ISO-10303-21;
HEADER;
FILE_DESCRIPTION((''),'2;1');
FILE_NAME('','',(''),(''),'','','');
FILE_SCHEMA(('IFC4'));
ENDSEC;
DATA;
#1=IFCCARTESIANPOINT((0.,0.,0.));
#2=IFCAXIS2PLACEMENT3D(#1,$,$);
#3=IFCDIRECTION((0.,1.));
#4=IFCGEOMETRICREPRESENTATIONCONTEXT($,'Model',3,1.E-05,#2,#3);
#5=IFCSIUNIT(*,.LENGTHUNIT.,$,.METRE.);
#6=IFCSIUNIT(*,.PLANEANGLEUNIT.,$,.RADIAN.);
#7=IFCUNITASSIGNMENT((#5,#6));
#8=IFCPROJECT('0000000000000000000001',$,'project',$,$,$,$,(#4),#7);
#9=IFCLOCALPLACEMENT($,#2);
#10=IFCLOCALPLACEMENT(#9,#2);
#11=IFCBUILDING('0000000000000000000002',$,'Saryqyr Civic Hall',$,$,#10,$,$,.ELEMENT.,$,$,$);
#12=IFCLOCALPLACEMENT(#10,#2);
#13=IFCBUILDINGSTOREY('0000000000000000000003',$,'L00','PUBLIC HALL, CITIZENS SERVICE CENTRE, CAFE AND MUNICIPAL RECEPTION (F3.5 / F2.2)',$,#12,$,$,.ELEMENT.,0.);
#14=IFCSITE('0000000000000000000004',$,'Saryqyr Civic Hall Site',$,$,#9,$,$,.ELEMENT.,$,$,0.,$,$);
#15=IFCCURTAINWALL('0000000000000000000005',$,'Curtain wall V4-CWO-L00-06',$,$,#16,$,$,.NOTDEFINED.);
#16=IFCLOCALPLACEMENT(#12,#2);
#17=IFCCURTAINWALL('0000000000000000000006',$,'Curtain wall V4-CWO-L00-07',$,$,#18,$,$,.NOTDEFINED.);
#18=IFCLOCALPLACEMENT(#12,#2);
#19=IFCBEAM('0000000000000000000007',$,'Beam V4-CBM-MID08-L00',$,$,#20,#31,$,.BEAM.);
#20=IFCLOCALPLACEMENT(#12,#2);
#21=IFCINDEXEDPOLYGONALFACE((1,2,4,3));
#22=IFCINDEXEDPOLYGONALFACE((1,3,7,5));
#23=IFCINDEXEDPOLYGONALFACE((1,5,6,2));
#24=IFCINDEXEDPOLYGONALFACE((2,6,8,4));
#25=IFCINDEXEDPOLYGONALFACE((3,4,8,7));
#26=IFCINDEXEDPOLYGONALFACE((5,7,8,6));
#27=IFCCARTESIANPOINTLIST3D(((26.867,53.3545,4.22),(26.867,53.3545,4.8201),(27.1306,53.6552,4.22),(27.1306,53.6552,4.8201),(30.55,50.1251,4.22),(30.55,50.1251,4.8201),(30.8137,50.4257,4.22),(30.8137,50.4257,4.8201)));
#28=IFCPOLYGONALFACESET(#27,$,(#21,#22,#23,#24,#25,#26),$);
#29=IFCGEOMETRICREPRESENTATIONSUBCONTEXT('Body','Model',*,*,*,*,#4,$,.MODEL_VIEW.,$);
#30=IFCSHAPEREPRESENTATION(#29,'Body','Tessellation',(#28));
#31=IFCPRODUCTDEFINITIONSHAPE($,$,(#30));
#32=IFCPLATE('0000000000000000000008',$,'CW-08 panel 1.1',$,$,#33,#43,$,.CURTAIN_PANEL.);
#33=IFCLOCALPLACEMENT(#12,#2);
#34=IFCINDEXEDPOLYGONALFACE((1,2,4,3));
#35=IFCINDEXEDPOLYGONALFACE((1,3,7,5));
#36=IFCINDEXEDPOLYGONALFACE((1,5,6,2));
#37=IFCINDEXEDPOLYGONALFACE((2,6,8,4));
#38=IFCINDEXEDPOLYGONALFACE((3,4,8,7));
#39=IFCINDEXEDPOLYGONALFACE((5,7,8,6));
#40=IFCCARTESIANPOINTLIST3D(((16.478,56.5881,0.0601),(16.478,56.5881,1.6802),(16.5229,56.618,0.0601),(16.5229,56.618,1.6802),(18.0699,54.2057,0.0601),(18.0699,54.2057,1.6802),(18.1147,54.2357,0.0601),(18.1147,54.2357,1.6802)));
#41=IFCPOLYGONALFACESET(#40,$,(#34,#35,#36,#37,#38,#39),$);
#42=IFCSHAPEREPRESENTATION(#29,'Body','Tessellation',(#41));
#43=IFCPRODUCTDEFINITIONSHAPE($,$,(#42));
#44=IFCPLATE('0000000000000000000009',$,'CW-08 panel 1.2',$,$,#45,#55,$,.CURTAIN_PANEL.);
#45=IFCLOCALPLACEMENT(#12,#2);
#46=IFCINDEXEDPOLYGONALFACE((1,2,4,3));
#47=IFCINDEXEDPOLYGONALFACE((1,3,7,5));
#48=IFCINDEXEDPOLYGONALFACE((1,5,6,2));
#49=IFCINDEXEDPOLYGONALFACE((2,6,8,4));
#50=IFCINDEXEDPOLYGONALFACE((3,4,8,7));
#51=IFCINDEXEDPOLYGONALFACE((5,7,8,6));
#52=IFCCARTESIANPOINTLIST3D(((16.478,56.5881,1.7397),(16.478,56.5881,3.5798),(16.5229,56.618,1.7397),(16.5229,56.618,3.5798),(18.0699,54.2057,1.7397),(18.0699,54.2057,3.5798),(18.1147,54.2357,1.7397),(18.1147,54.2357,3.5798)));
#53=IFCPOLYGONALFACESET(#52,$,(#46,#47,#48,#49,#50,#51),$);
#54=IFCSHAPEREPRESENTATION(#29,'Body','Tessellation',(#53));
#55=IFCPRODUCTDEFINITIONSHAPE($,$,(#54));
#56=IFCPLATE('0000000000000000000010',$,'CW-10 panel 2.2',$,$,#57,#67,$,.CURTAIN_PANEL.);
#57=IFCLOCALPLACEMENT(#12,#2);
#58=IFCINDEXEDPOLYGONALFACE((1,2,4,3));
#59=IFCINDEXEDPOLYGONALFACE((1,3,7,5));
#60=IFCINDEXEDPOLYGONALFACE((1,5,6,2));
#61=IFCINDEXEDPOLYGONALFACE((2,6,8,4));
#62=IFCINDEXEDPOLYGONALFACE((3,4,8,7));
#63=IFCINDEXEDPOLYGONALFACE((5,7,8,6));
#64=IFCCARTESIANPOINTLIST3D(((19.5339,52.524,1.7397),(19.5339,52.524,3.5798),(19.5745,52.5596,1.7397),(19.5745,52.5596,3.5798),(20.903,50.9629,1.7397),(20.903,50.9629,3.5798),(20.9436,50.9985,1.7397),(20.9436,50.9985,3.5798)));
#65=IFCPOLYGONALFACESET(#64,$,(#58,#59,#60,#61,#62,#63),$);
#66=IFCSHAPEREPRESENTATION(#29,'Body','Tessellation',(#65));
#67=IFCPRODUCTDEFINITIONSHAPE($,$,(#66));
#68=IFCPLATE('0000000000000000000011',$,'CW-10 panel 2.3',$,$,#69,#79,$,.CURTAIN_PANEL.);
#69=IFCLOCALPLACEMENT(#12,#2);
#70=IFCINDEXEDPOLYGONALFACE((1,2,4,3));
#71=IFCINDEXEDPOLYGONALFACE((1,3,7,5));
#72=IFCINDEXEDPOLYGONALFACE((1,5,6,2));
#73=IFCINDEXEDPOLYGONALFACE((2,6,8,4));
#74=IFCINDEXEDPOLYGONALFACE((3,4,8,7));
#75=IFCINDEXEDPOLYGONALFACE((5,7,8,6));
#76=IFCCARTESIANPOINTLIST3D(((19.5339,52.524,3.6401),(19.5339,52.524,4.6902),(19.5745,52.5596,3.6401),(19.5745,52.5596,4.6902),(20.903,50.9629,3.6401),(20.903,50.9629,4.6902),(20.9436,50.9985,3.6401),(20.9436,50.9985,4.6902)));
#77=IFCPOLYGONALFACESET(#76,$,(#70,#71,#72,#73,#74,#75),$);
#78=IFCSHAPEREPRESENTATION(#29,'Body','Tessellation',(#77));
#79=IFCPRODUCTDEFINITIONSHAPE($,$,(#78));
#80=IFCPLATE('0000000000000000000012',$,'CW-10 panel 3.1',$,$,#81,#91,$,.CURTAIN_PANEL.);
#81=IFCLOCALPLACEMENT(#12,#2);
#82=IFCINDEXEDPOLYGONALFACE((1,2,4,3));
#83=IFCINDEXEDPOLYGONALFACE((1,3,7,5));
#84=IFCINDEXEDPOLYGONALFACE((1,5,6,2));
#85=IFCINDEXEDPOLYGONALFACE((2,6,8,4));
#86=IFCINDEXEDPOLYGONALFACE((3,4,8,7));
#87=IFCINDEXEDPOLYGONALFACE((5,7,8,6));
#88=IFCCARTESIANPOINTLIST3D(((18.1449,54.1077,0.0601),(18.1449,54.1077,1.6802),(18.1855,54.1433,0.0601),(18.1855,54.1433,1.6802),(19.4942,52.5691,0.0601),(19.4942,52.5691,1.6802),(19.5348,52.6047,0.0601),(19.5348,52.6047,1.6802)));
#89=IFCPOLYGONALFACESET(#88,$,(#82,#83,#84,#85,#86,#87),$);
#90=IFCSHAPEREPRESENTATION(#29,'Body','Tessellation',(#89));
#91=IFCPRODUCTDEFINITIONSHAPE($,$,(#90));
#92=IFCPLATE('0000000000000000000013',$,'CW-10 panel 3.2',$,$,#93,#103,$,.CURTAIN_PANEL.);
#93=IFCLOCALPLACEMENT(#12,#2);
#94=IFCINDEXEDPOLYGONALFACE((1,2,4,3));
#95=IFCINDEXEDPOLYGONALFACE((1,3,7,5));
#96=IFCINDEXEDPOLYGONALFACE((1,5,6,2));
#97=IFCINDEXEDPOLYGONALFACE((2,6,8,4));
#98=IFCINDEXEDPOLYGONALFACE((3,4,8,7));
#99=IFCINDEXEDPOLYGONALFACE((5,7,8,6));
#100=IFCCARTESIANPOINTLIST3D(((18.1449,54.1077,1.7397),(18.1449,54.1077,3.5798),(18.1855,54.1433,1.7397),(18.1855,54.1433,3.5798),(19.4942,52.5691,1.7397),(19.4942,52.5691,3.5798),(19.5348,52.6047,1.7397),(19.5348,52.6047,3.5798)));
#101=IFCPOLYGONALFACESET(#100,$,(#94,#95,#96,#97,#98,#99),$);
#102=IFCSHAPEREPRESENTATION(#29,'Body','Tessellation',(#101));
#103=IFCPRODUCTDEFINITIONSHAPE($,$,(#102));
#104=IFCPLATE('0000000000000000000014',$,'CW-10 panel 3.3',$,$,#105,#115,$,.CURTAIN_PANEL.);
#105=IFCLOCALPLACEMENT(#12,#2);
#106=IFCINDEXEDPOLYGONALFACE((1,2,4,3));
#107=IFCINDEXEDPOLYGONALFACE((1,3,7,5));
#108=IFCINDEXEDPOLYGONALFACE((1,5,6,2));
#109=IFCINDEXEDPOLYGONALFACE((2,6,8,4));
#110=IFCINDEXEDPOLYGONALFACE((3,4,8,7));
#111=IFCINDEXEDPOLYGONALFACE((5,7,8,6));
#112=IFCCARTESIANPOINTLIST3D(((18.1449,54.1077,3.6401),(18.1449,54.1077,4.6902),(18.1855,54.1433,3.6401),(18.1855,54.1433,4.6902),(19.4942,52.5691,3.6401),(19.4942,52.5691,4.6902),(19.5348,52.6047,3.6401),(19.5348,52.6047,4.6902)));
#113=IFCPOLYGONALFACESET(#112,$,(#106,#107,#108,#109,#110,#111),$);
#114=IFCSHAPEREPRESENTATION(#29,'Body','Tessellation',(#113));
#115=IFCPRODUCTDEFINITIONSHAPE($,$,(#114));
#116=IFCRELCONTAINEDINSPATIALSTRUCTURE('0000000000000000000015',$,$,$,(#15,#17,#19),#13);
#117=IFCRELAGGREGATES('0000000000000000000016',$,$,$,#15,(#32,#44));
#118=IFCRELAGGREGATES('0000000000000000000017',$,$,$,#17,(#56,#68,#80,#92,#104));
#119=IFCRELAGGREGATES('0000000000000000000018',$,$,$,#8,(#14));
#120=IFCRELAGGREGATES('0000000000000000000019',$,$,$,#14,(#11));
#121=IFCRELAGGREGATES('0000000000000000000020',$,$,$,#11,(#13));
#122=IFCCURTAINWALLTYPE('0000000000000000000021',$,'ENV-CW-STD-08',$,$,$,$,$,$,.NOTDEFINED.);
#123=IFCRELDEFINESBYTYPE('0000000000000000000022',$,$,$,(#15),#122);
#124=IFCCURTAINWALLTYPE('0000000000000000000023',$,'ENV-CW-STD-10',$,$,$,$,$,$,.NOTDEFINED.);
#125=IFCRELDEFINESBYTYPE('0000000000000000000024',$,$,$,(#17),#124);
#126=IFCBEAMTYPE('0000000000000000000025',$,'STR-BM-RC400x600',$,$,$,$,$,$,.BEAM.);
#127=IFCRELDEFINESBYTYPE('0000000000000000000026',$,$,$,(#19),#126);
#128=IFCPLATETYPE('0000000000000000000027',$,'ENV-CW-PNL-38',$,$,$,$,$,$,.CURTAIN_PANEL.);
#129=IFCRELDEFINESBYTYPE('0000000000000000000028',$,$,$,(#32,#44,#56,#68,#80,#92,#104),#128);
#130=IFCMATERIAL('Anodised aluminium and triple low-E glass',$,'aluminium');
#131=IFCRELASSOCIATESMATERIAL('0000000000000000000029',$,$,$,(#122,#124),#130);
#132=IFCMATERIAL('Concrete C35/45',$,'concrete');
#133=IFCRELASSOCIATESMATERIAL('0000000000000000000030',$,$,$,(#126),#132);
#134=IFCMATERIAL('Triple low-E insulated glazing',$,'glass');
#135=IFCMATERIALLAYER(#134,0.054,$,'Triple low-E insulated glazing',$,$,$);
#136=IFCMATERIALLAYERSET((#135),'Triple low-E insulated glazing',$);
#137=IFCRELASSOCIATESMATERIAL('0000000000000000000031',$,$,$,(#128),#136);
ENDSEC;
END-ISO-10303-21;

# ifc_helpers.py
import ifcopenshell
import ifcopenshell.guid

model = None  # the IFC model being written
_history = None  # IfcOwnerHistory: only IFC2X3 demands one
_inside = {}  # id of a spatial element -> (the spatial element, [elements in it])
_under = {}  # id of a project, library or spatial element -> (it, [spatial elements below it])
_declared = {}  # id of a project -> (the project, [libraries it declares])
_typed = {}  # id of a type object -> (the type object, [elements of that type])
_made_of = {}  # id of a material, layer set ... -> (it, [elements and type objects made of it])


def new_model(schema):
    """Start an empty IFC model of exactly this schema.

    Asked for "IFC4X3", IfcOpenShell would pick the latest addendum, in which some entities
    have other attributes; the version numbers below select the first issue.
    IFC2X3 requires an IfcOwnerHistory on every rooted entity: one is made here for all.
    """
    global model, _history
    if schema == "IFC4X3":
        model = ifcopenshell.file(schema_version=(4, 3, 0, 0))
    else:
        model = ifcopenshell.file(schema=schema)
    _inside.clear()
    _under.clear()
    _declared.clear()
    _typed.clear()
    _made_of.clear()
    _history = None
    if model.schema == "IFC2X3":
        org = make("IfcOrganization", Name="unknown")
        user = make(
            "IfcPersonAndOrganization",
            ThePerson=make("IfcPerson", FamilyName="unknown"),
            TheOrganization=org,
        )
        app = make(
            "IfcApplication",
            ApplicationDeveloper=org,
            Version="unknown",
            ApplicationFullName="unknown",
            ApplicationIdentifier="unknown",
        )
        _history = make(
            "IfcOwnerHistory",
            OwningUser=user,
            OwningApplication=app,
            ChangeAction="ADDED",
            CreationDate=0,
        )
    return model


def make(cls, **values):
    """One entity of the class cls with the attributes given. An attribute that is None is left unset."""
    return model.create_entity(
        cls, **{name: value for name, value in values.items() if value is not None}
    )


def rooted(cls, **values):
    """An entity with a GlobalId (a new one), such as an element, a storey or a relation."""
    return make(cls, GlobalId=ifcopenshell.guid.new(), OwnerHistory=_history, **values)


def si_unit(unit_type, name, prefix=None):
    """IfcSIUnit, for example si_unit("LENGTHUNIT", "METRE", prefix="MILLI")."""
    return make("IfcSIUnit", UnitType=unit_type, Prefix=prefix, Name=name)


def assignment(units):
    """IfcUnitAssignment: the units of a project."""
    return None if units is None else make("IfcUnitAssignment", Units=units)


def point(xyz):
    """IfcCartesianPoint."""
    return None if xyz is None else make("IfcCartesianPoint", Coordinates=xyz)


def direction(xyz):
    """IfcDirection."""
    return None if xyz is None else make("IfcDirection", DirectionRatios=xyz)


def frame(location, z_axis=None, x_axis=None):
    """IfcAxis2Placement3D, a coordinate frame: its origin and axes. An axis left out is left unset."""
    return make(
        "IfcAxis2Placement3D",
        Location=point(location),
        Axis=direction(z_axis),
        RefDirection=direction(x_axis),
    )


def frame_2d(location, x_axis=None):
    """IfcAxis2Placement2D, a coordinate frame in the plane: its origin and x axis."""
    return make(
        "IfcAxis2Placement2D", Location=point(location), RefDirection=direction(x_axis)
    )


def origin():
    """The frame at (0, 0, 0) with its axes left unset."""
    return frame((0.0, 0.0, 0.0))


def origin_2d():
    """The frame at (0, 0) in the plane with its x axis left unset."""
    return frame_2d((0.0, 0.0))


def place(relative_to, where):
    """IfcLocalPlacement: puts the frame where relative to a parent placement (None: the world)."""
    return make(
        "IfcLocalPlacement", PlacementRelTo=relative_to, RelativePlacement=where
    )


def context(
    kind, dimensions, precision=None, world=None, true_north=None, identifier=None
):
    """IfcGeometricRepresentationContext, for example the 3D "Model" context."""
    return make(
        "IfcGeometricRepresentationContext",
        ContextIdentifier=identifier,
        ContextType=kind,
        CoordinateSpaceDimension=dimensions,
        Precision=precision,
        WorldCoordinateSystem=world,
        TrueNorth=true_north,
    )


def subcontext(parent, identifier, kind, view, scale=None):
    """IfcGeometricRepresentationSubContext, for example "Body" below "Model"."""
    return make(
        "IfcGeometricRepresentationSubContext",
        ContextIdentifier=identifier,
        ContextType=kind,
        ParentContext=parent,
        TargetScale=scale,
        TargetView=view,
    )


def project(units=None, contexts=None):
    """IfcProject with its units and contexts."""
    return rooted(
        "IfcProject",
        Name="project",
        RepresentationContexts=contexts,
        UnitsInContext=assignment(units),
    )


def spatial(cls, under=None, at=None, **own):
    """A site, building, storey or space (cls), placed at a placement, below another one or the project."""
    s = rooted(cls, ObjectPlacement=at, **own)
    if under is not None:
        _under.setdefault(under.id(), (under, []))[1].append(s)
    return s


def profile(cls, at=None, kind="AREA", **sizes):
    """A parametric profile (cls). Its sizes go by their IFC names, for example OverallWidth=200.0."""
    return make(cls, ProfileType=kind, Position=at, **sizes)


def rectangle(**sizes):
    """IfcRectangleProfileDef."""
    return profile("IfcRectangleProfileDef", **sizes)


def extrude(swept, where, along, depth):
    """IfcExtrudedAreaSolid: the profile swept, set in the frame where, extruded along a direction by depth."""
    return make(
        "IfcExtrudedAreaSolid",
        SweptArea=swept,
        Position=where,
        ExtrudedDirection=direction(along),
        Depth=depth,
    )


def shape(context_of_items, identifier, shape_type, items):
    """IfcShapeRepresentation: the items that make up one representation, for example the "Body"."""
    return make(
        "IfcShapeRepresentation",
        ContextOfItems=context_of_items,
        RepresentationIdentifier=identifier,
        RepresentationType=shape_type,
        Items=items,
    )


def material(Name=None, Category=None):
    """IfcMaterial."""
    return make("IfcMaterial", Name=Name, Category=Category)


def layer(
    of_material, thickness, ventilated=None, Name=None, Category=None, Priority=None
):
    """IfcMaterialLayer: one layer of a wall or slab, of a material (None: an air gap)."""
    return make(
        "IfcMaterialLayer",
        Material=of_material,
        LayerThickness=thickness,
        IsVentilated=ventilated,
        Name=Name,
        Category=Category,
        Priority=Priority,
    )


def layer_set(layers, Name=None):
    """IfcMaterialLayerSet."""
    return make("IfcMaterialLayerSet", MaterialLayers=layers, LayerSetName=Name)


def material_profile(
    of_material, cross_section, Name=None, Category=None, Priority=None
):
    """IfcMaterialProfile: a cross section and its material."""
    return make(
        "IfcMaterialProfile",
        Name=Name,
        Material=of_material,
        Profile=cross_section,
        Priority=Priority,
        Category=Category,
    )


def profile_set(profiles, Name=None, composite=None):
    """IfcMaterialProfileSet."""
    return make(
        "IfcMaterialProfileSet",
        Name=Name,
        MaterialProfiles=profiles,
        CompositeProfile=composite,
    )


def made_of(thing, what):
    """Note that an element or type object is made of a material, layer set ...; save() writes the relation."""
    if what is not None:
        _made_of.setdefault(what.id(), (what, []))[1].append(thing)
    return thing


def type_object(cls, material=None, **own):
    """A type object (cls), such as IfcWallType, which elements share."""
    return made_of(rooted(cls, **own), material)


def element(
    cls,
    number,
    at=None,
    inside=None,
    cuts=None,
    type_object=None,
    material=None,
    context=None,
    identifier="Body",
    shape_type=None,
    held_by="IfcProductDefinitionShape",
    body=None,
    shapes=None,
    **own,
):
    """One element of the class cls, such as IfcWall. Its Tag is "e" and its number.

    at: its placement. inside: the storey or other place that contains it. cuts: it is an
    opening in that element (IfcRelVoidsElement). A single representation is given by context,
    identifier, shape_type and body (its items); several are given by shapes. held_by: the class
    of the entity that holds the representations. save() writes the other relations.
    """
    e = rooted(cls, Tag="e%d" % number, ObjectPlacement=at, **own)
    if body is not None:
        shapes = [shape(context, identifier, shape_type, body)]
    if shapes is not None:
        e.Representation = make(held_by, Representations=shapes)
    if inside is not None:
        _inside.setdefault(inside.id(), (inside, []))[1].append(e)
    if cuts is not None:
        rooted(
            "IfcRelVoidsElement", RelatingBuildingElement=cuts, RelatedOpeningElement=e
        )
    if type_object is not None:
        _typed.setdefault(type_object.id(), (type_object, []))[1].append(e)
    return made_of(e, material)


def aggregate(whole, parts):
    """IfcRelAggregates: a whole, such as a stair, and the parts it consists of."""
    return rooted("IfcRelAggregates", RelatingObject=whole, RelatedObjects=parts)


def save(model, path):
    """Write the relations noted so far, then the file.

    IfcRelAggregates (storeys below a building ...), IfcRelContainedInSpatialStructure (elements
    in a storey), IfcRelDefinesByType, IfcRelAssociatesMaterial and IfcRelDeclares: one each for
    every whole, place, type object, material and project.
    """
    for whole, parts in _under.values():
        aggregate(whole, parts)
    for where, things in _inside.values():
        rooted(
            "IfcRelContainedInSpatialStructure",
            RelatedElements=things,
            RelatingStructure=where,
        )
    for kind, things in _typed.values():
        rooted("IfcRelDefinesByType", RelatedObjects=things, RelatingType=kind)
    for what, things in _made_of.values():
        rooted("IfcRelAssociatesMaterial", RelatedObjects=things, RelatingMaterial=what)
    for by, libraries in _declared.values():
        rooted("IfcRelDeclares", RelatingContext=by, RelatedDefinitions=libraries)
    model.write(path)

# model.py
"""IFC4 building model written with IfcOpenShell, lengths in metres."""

from ifc_helpers import new_model, si_unit, direction, frame, origin, origin_2d, place, context, subcontext, project, spatial, rectangle, extrude, material, layer, layer_set, material_profile, profile_set, type_object, element, aggregate, save


model = new_model("IFC4")

# Units and contexts
model_context = context("Model", 3, precision=1e-05, world=origin(), true_north=direction((0.0, 1.0)))
body_context = subcontext(model_context, "Body", "Model", "MODEL_VIEW")
ifc_project = project(units=[si_unit("LENGTHUNIT", "METRE"), si_unit("PLANEANGLEUNIT", "RADIAN")], contexts=[model_context])

# Site, building, storey
site_placement = place(None, origin())
site = spatial("IfcSite", under=ifc_project, at=site_placement, Name="Saryqyr Civic Hall Site", CompositionType="ELEMENT", RefElevation=0.0)
building_placement = place(site_placement, origin())
building = spatial("IfcBuilding", under=site, at=building_placement, Name="Saryqyr Civic Hall", CompositionType="ELEMENT")
storey_placement = place(building_placement, origin())
storey = spatial("IfcBuildingStorey", under=building, at=storey_placement, Name="L00", Description="PUBLIC HALL, CITIZENS SERVICE CENTRE, CAFE AND MUNICIPAL RECEPTION (F3.5 / F2.2)", CompositionType="ELEMENT", Elevation=0.0)

# Curtain wall
ifc_material_1 = material(Name="Anodised aluminium and triple low-E glass", Category="aluminium")
curtain_wall_type_1 = type_object("IfcCurtainWallType", Name="ENV-CW-STD-08", PredefinedType="NOTDEFINED", material=ifc_material_1)
curtain_wall_1_placement = place(storey_placement, origin())
curtain_wall_1 = element("IfcCurtainWall", 1, at=curtain_wall_1_placement, inside=storey, type_object=curtain_wall_type_1, Name="Curtain wall V4-CWO-L00-06", PredefinedType="NOTDEFINED")

# Curtain wall
curtain_wall_type_2 = type_object("IfcCurtainWallType", Name="ENV-CW-STD-10", PredefinedType="NOTDEFINED", material=ifc_material_1)
curtain_wall_2_placement = place(storey_placement, origin())
curtain_wall_2 = element("IfcCurtainWall", 2, at=curtain_wall_2_placement, inside=storey, type_object=curtain_wall_type_2, Name="Curtain wall V4-CWO-L00-07", PredefinedType="NOTDEFINED")

# Beam
ifc_material_2 = material(Name="Concrete C35/45", Category="concrete")
ifc_material_profile_1 = material_profile(ifc_material_2, rectangle(XDim=0.3999, YDim=0.6001, at=origin_2d()), Name="RC 400x600")
ifc_profile_set_1 = profile_set([ifc_material_profile_1], Name="Concrete C35/45")
beam_type = type_object("IfcBeamType", Name="STR-BM-RC400x600", PredefinedType="BEAM", material=ifc_profile_set_1)
beam_placement = place(storey_placement, frame((26.9988, 53.5049, 4.52), z_axis=(0.751891, -0.659288, 0.0), x_axis=(0.659288, 0.751891, 0.0)))
element("IfcBeam", 3, at=beam_placement, inside=storey, type_object=beam_type, Name="Beam V4-CBM-MID08-L00", PredefinedType="BEAM", context=body_context, shape_type="SweptSolid", body=[
    extrude(rectangle(XDim=0.3999, YDim=0.6001, at=origin_2d()), origin(), (0.0, 0.0, 1.0), 4.8984),
])

# Plates
ifc_material_3 = material(Name="Triple low-E insulated glazing", Category="glass")
ifc_layer = layer(ifc_material_3, 0.054, Name="Triple low-E insulated glazing")
ifc_layer_set = layer_set([ifc_layer], Name="Triple low-E insulated glazing")
plate_type = type_object("IfcPlateType", Name="ENV-CW-PNL-38", PredefinedType="CURTAIN_PANEL", material=ifc_layer_set)
plate_1_placement = place(storey_placement, frame((17.2964, 55.4119, 0.0601), z_axis=(0.0, 0.0, 1.0), x_axis=(-0.555567, 0.831472, 0.0)))
plate_1 = element("IfcPlate", 4, at=plate_1_placement, type_object=plate_type, Name="CW-08 panel 1.1", PredefinedType="CURTAIN_PANEL", context=body_context, shape_type="SweptSolid", body=[
    extrude(rectangle(XDim=2.8652, YDim=0.054, at=origin_2d()), origin(), (0.0, 0.0, 1.0), 1.6201),
])
plate_2_placement = place(storey_placement, frame((17.2964, 55.4119, 1.7397), z_axis=(0.0, 0.0, 1.0), x_axis=(-0.555567, 0.831472, 0.0)))
plate_2 = element("IfcPlate", 5, at=plate_2_placement, type_object=plate_type, Name="CW-08 panel 1.2", PredefinedType="CURTAIN_PANEL", context=body_context, shape_type="SweptSolid", body=[
    extrude(rectangle(XDim=2.8652, YDim=0.054, at=origin_2d()), origin(), (0.0, 0.0, 1.0), 1.8401),
])
aggregate(curtain_wall_1, [plate_1, plate_2])
plate_3_placement = place(storey_placement, frame((20.2388, 51.7612, 1.7397), z_axis=(0.0, 0.0, 1.0), x_axis=(-0.659349, 0.751837, 0.0)))
plate_3 = element("IfcPlate", 6, at=plate_3_placement, type_object=plate_type, Name="CW-10 panel 2.2", PredefinedType="CURTAIN_PANEL", context=body_context, shape_type="SweptSolid", body=[
    extrude(rectangle(XDim=2.0764, YDim=0.054, at=origin_2d()), origin(), (0.0, 0.0, 1.0), 1.8401),
])
plate_4_placement = place(storey_placement, frame((20.2388, 51.7612, 3.6401), z_axis=(0.0, 0.0, 1.0), x_axis=(-0.659349, 0.751837, 0.0)))
plate_4 = element("IfcPlate", 7, at=plate_4_placement, type_object=plate_type, Name="CW-10 panel 2.3", PredefinedType="CURTAIN_PANEL", context=body_context, shape_type="SweptSolid", body=[
    extrude(rectangle(XDim=2.0764, YDim=0.054, at=origin_2d()), origin(), (0.0, 0.0, 1.0), 1.05),
])
plate_5_placement = place(storey_placement, frame((18.8398, 53.3562, 0.0601), z_axis=(0.0, 0.0, 1.0), x_axis=(-0.659349, 0.751837, 0.0)))
plate_5 = element("IfcPlate", 8, at=plate_5_placement, type_object=plate_type, Name="CW-10 panel 3.1", PredefinedType="CURTAIN_PANEL", context=body_context, shape_type="SweptSolid", body=[
    extrude(rectangle(XDim=2.0464, YDim=0.054, at=origin_2d()), origin(), (0.0, 0.0, 1.0), 1.6201),
])
plate_6_placement = place(storey_placement, frame((18.8398, 53.3562, 1.7397), z_axis=(0.0, 0.0, 1.0), x_axis=(-0.659349, 0.751837, 0.0)))
plate_6 = element("IfcPlate", 9, at=plate_6_placement, type_object=plate_type, Name="CW-10 panel 3.2", PredefinedType="CURTAIN_PANEL", context=body_context, shape_type="SweptSolid", body=[
    extrude(rectangle(XDim=2.0464, YDim=0.054, at=origin_2d()), origin(), (0.0, 0.0, 1.0), 1.8401),
])
plate_7_placement = place(storey_placement, frame((18.8398, 53.3562, 3.6401), z_axis=(0.0, 0.0, 1.0), x_axis=(-0.659349, 0.751837, 0.0)))
plate_7 = element("IfcPlate", 10, at=plate_7_placement, type_object=plate_type, Name="CW-10 panel 3.3", PredefinedType="CURTAIN_PANEL", context=body_context, shape_type="SweptSolid", body=[
    extrude(rectangle(XDim=2.0464, YDim=0.054, at=origin_2d()), origin(), (0.0, 0.0, 1.0), 1.05),
])
aggregate(curtain_wall_2, [plate_3, plate_4, plate_5, plate_6, plate_7])

save(model, "model.ifc")
